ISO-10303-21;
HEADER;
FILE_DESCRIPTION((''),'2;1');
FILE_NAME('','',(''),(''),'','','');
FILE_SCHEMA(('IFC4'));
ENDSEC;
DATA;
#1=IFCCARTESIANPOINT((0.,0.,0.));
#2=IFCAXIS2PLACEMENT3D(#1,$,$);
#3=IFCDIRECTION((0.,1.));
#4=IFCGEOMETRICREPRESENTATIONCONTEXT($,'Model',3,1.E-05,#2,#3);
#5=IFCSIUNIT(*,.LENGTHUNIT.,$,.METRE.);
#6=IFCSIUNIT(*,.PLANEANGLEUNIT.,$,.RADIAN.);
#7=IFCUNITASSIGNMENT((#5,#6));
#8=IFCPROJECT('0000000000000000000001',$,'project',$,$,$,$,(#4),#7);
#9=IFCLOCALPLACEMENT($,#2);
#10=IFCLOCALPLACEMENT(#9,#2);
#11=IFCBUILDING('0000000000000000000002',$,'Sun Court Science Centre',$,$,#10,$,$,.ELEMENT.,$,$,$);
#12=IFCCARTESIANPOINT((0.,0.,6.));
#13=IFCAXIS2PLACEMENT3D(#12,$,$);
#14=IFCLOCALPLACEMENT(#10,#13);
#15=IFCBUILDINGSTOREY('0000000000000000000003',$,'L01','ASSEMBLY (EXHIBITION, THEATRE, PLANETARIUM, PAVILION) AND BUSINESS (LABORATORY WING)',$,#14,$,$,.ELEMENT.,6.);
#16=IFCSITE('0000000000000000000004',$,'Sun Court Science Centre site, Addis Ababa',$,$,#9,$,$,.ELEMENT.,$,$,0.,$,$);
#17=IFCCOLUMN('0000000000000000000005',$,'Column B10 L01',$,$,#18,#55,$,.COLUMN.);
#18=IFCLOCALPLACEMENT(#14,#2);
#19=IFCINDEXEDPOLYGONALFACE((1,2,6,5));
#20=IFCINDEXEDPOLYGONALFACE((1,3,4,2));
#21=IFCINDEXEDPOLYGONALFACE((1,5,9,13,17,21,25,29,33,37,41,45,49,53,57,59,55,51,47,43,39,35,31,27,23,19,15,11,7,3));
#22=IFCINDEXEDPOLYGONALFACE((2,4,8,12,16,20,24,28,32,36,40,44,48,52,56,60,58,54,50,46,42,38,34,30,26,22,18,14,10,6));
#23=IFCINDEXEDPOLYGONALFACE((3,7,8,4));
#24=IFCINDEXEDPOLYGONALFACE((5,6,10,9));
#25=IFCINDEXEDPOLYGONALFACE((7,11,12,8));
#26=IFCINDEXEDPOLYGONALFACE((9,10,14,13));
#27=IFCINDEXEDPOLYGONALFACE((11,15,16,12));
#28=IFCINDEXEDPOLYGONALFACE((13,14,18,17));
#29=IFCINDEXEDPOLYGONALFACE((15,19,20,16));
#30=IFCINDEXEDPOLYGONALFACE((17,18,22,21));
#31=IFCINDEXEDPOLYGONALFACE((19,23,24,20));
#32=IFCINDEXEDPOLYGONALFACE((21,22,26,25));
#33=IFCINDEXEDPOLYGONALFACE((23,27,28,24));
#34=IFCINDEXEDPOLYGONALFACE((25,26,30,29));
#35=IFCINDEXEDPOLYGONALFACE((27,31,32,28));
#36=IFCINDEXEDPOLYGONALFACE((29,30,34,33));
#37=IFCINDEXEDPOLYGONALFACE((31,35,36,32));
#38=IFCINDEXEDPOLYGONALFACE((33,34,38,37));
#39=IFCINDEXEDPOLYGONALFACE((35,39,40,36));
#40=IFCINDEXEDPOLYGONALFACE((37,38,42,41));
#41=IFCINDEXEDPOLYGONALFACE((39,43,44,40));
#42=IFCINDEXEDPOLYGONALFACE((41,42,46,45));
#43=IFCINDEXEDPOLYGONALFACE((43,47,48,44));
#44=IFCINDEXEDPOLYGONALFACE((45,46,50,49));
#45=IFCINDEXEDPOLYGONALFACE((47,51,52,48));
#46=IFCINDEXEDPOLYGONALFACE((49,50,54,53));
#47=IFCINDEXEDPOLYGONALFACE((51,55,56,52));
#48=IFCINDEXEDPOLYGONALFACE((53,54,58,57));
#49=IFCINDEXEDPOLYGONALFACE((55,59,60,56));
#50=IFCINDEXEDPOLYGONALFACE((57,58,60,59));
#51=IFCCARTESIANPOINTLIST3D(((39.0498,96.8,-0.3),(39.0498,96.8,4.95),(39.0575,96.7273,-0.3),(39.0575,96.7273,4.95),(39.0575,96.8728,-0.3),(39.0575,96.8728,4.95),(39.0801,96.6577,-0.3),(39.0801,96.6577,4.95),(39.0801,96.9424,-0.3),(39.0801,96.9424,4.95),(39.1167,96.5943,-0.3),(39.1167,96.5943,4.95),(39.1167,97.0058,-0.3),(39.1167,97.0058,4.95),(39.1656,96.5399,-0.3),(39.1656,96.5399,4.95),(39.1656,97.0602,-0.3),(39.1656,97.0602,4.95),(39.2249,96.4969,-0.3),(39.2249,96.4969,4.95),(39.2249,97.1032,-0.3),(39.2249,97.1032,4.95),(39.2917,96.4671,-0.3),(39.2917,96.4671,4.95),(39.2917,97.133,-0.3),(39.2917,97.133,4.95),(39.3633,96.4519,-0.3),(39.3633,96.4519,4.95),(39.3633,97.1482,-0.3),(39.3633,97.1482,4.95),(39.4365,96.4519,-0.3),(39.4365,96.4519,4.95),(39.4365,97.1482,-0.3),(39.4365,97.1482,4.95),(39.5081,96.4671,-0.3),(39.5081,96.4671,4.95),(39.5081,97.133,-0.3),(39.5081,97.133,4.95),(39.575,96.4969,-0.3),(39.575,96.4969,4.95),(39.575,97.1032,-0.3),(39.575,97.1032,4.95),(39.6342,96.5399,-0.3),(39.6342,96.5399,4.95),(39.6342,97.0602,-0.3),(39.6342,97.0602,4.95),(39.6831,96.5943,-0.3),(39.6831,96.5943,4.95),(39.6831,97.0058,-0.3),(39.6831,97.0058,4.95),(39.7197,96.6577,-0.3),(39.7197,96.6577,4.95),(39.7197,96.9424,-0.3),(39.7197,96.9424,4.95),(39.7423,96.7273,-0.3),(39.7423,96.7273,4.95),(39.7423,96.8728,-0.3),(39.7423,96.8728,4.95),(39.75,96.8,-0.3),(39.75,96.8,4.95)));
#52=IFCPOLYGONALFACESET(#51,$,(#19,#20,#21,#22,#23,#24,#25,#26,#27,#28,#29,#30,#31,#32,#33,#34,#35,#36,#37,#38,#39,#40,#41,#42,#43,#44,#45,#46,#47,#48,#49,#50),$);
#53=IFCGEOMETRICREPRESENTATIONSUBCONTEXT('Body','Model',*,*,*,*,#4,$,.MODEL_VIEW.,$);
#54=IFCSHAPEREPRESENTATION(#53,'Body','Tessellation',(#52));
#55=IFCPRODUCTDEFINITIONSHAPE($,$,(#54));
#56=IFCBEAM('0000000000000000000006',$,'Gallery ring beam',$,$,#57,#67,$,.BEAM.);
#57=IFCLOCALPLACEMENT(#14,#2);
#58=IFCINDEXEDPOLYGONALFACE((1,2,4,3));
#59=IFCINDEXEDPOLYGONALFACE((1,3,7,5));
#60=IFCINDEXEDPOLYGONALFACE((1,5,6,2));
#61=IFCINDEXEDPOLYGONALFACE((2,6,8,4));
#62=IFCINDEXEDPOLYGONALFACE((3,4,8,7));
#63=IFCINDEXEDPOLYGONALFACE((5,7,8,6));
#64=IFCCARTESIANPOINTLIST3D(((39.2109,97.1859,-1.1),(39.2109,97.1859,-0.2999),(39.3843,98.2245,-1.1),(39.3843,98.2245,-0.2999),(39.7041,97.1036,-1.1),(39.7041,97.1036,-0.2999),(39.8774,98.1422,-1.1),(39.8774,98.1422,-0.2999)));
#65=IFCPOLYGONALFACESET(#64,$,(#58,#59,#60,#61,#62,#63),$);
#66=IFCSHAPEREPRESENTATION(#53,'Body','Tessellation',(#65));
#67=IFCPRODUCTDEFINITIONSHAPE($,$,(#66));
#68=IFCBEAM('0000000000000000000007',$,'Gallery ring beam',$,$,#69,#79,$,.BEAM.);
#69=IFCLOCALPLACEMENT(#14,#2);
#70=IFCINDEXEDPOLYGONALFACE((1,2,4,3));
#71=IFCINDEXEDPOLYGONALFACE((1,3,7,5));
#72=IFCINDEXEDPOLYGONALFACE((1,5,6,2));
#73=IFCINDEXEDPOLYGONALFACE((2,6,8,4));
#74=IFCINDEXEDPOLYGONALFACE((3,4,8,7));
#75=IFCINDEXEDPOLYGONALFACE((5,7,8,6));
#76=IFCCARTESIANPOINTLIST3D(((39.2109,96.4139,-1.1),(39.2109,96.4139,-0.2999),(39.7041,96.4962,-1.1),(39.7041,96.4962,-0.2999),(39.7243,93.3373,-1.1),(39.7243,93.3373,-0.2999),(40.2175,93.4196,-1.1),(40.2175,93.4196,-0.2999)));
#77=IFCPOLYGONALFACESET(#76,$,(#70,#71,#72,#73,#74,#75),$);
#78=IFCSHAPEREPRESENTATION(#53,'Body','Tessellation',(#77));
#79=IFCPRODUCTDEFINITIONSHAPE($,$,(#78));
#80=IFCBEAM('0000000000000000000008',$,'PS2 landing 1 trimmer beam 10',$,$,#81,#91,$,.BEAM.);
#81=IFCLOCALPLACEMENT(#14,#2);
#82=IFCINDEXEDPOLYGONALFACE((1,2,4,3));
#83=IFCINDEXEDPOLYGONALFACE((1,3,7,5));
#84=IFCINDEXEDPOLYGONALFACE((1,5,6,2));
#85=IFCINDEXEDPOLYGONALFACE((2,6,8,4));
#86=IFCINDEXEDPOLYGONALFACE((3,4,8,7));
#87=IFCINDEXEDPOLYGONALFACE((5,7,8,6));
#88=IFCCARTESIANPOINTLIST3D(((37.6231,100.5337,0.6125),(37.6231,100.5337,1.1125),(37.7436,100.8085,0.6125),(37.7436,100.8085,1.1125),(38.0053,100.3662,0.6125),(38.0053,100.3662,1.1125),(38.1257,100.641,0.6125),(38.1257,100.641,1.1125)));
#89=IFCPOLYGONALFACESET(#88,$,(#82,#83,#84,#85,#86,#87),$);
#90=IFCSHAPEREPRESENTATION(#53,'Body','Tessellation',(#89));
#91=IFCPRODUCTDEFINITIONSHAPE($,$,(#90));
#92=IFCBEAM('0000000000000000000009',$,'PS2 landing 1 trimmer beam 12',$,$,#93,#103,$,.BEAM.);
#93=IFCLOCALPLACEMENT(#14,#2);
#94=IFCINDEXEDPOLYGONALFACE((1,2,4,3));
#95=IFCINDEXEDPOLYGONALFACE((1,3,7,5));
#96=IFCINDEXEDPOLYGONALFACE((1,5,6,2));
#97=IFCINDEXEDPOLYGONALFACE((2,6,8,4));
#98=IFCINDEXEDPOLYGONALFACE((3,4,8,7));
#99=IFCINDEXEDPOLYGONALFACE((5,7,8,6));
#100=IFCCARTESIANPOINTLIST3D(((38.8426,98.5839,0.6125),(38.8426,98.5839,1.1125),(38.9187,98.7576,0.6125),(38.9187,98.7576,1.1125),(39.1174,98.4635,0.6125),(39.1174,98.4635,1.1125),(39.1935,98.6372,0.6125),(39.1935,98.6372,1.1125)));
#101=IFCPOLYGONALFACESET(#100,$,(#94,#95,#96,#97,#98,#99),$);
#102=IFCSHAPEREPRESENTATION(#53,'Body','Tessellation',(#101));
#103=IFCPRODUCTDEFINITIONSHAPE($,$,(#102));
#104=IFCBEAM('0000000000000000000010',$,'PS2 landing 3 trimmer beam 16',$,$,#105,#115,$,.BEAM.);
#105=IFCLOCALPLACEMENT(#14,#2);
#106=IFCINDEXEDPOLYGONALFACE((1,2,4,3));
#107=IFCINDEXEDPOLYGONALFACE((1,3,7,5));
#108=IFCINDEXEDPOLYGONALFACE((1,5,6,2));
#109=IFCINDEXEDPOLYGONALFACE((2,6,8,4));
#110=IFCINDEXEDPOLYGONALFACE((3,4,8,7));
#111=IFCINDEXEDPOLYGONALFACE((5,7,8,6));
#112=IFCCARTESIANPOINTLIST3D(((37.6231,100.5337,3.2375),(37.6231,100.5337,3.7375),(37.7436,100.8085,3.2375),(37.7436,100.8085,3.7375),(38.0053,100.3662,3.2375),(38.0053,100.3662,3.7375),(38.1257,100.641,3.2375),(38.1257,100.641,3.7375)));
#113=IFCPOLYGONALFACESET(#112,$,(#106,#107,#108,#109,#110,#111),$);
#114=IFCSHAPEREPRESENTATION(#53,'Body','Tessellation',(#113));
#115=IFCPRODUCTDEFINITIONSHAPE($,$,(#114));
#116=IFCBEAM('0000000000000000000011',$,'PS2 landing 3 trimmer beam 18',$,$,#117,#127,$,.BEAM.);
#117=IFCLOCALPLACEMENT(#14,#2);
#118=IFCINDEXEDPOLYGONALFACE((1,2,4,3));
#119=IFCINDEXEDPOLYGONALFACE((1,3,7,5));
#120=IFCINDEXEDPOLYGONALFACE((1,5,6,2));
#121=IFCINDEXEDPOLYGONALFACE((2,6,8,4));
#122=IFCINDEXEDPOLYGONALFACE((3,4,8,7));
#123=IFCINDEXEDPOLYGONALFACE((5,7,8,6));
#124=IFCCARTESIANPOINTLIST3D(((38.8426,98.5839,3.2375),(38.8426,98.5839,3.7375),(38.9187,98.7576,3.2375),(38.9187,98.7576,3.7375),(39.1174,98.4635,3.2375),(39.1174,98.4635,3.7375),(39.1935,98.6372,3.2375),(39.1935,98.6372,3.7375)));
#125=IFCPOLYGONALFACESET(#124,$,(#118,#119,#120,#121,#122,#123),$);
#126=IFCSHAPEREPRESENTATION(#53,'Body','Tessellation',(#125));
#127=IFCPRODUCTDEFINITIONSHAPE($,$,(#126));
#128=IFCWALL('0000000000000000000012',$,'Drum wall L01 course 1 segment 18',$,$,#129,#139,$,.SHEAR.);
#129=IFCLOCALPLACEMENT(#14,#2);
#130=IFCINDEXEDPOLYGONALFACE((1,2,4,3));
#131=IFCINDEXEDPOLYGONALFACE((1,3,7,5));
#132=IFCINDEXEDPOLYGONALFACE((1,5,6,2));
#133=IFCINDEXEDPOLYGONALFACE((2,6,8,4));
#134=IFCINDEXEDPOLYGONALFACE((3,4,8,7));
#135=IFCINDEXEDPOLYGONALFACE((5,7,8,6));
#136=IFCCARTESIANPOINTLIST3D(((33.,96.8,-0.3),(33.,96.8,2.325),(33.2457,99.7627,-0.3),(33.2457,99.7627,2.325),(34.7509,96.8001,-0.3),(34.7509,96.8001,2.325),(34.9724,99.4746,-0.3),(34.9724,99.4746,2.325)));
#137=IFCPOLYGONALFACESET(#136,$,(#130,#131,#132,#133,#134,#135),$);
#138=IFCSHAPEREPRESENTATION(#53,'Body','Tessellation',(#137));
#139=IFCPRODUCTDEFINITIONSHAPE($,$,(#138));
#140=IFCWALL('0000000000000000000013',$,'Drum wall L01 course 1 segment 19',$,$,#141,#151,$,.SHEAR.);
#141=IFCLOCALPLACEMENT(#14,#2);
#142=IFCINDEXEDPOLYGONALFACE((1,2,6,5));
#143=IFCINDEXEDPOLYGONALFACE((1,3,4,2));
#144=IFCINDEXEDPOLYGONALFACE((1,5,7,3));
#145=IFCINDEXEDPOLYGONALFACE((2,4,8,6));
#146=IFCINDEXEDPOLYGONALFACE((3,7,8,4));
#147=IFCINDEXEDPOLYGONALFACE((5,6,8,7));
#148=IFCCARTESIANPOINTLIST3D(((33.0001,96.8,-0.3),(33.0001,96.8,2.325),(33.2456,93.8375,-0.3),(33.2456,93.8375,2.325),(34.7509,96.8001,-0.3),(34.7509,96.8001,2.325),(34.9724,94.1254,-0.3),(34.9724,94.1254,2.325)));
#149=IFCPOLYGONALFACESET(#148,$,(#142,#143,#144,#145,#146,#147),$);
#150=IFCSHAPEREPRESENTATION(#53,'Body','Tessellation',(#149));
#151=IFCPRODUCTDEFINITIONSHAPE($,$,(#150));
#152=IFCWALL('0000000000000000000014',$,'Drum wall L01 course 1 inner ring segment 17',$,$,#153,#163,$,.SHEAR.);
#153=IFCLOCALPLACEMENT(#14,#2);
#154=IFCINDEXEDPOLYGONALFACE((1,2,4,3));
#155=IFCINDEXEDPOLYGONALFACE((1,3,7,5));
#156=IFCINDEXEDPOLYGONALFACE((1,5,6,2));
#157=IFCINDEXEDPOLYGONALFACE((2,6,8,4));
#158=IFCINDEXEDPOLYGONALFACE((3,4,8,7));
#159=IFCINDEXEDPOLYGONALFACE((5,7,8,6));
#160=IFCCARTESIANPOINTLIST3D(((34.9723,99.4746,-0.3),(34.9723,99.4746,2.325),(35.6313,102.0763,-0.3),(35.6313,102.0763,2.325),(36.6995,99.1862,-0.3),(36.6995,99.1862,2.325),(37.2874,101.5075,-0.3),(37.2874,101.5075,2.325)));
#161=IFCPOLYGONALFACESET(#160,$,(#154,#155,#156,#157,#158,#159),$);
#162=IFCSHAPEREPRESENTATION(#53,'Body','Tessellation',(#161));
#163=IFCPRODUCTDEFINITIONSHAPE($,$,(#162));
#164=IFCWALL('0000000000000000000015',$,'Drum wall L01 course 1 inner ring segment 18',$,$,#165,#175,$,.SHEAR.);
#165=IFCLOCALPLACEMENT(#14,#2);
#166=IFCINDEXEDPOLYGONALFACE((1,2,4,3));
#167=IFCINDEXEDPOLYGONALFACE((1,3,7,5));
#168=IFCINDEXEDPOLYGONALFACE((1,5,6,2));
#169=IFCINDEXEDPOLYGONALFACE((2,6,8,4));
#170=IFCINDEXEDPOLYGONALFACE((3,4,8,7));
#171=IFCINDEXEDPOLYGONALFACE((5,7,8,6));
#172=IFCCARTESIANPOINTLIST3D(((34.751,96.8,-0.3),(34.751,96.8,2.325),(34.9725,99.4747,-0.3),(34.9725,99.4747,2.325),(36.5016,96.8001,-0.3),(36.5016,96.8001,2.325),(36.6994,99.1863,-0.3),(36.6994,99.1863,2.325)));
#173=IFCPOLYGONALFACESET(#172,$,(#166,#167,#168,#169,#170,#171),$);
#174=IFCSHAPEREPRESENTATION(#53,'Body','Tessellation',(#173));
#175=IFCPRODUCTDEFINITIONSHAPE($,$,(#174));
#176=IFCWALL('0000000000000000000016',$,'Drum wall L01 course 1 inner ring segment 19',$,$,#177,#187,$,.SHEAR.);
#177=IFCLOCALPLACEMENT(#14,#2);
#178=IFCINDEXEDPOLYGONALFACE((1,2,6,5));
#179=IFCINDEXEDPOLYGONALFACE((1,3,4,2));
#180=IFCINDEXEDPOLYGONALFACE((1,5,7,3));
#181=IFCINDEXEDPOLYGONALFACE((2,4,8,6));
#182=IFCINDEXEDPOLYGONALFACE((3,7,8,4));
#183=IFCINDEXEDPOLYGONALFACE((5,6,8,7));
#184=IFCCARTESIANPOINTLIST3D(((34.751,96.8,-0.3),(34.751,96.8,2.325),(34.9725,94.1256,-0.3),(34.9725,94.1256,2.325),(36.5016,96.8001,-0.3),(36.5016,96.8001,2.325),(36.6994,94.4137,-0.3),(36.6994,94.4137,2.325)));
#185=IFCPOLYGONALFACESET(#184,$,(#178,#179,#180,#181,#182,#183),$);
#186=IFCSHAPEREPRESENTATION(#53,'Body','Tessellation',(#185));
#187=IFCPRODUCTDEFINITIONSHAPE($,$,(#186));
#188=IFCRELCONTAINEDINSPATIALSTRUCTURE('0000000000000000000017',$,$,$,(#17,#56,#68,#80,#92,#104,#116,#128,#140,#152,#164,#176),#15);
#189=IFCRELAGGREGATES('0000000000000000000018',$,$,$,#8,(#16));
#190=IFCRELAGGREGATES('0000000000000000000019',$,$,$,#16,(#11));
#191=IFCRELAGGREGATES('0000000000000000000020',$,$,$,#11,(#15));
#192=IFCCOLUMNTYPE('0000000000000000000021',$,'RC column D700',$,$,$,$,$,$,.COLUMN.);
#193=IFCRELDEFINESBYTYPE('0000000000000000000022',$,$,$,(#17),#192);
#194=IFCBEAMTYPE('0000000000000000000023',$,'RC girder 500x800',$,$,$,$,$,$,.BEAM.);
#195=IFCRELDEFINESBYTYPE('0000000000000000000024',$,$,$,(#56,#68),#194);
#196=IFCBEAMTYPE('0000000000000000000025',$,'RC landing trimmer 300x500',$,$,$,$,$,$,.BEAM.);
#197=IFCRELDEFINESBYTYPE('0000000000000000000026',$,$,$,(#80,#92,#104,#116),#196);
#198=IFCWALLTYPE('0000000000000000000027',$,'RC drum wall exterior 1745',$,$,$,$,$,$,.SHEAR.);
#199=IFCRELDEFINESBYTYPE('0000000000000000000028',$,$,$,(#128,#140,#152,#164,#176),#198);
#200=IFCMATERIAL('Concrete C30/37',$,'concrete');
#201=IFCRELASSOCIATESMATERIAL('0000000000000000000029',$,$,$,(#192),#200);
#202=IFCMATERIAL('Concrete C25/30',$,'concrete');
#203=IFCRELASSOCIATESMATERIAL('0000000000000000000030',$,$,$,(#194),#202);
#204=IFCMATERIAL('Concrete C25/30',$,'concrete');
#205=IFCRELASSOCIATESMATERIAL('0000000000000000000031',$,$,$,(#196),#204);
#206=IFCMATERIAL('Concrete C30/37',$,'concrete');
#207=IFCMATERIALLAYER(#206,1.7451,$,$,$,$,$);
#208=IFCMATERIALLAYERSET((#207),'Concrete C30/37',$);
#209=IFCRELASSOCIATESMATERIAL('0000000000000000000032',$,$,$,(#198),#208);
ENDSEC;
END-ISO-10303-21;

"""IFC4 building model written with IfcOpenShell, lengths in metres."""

from ifc_helpers import new_model, si_unit, direction, frame, origin, origin_2d, place, context, subcontext, project, spatial, polyline, rectangle, circle, outline, extrude, material, layer, layer_set, material_profile, profile_set, type_object, element, save


model = new_model("IFC4")

# Units and contexts
model_context = context("Model", 3, precision=1e-05, world=origin(), true_north=direction((0.0, 1.0)))
body_context = subcontext(model_context, "Body", "Model", "MODEL_VIEW")
ifc_project = project(units=[si_unit("LENGTHUNIT", "METRE"), si_unit("PLANEANGLEUNIT", "RADIAN")], contexts=[model_context])

# Site, building, storey
site_placement = place(None, origin())
site = spatial("IfcSite", under=ifc_project, at=site_placement, Name="Sun Court Science Centre site, Addis Ababa", CompositionType="ELEMENT", RefElevation=0.0)
building_placement = place(site_placement, origin())
building = spatial("IfcBuilding", under=site, at=building_placement, Name="Sun Court Science Centre", CompositionType="ELEMENT")
storey_placement = place(building_placement, frame((0.0, 0.0, 6.0)))
storey = spatial("IfcBuildingStorey", under=building, at=storey_placement, Name="L01", Description="ASSEMBLY (EXHIBITION, THEATRE, PLANETARIUM, PAVILION) AND BUSINESS (LABORATORY WING)", CompositionType="ELEMENT", Elevation=6.0)

# Column
ifc_material_1 = material(Name="Concrete C30/37", Category="concrete")
ifc_material_profile_1 = material_profile(ifc_material_1, circle(Radius=0.3501, at=origin_2d()), Name="RC D700")
ifc_profile_set_1 = profile_set([ifc_material_profile_1], Name="Concrete C30/37")
column_type = type_object("IfcColumnType", Name="RC column D700", PredefinedType="COLUMN", material=ifc_profile_set_1)
column_placement = place(storey_placement, frame((39.3999, 96.8, -0.3), z_axis=(0.0, 0.0, 1.0), x_axis=(1.0, 0.0, 0.0)))
element("IfcColumn", 1, at=column_placement, inside=storey, type_object=column_type, Name="Column B10 L01", PredefinedType="COLUMN", context=body_context, shape_type="SweptSolid", body=[
    extrude(circle(Radius=0.3501, at=origin_2d()), origin(), (0.0, 0.0, 1.0), 5.25),
])

# Beams
ifc_material_2 = material(Name="Concrete C25/30", Category="concrete")
ifc_material_profile_2 = material_profile(ifc_material_2, rectangle(XDim=0.5, YDim=0.8, at=origin_2d()), Name="RC 500x800")
ifc_profile_set_2 = profile_set([ifc_material_profile_2], Name="Concrete C25/30")
beam_type_1 = type_object("IfcBeamType", Name="RC girder 500x800", PredefinedType="BEAM", material=ifc_profile_set_2)
beam_1_placement = place(storey_placement, frame((39.6309, 98.1833, -0.7), z_axis=(-0.164625, -0.986356, 0.0), x_axis=(0.986356, -0.164625, 0.0)))
element("IfcBeam", 2, at=beam_1_placement, inside=storey, type_object=beam_type_1, Name="Gallery ring beam", PredefinedType="BEAM", context=body_context, shape_type="SweptSolid", body=[
    extrude(rectangle(XDim=0.5, YDim=0.8, at=origin_2d()), origin(), (0.0, 0.0, 1.0), 1.053),
])
beam_2_placement = place(storey_placement, frame((39.4575, 96.4551, -0.7), z_axis=(0.164602, -0.98636, 0.0), x_axis=(0.98636, 0.164602, 0.0)))
element("IfcBeam", 3, at=beam_2_placement, inside=storey, type_object=beam_type_1, Name="Gallery ring beam", PredefinedType="BEAM", context=body_context, shape_type="SweptSolid", body=[
    extrude(rectangle(XDim=0.5, YDim=0.8, at=origin_2d()), origin(), (0.0, 0.0, 1.0), 3.1191),
])
ifc_material_3 = material(Name="Concrete C25/30", Category="concrete")
ifc_material_profile_3 = material_profile(ifc_material_3, rectangle(XDim=0.3, YDim=0.5, at=origin_2d()), Name="RC 300x500")
ifc_profile_set_3 = profile_set([ifc_material_profile_3], Name="Concrete C25/30")
beam_type_2 = type_object("IfcBeamType", Name="RC landing trimmer 300x500", PredefinedType="BEAM", material=ifc_profile_set_3)
beam_3_placement = place(storey_placement, frame((37.6833, 100.6711, 0.8625), z_axis=(0.915875, -0.401463, 0.0), x_axis=(0.401463, 0.915875, 0.0)))
element("IfcBeam", 4, at=beam_3_placement, inside=storey, type_object=beam_type_2, Name="PS2 landing 1 trimmer beam 10", PredefinedType="BEAM", context=body_context, shape_type="SweptSolid", body=[
    extrude(rectangle(XDim=0.3, YDim=0.5, at=origin_2d()), origin(), (0.0, 0.0, 1.0), 0.4172),
])
beam_4_placement = place(storey_placement, frame((38.98, 98.5237, 0.8625), z_axis=(0.401359, 0.915921, 0.0), x_axis=(-0.915921, 0.401359, 0.0)))
element("IfcBeam", 5, at=beam_4_placement, inside=storey, type_object=beam_type_2, Name="PS2 landing 1 trimmer beam 12", PredefinedType="BEAM", context=body_context, shape_type="SweptSolid", body=[
    extrude(rectangle(XDim=0.3, YDim=0.5, at=origin_2d()), origin(), (0.0, 0.0, 1.0), 0.1897),
])
beam_5_placement = place(storey_placement, frame((37.6833, 100.6711, 3.4875), z_axis=(0.915875, -0.401463, 0.0), x_axis=(0.401463, 0.915875, 0.0)))
element("IfcBeam", 6, at=beam_5_placement, inside=storey, type_object=beam_type_2, Name="PS2 landing 3 trimmer beam 16", PredefinedType="BEAM", context=body_context, shape_type="SweptSolid", body=[
    extrude(rectangle(XDim=0.3, YDim=0.5, at=origin_2d()), origin(), (0.0, 0.0, 1.0), 0.4172),
])
beam_6_placement = place(storey_placement, frame((38.98, 98.5237, 3.4875), z_axis=(0.401359, 0.915921, 0.0), x_axis=(-0.915921, 0.401359, 0.0)))
element("IfcBeam", 7, at=beam_6_placement, inside=storey, type_object=beam_type_2, Name="PS2 landing 3 trimmer beam 18", PredefinedType="BEAM", context=body_context, shape_type="SweptSolid", body=[
    extrude(rectangle(XDim=0.3, YDim=0.5, at=origin_2d()), origin(), (0.0, 0.0, 1.0), 0.1897),
])

# Walls
ifc_material_4 = material(Name="Concrete C30/37", Category="concrete")
ifc_layer_1 = layer(ifc_material_4, 1.7451)
ifc_layer_set_1 = layer_set([ifc_layer_1], Name="Concrete C30/37")
wall_type_1 = type_object("IfcWallType", Name="RC drum wall exterior 1745", PredefinedType="SHEAR", material=ifc_layer_set_1)
wall_1_placement = place(storey_placement, frame((34.115, 99.6907, -0.3), z_axis=(0.0, 0.0, 1.0), x_axis=(-0.082617, -0.996581, 0.0)))
element("IfcWall", 8, at=wall_1_placement, inside=storey, type_object=wall_type_1, Name="Drum wall L01 course 1 segment 18", PredefinedType="SHEAR", context=body_context, shape_type="SweptSolid", body=[
    extrude(outline(polyline([(0.0, -0.8723), (2.9729, -0.8723), (2.8281, 0.8726), (0.1445, 0.8723), (0.0, -0.8723)])), origin(), (0.0, 0.0, 1.0), 2.625),
])
wall_2_placement = place(storey_placement, frame((33.8694, 96.8721, -0.3), z_axis=(0.0, 0.0, 1.0), x_axis=(0.082617, -0.996581, 0.0)))
element("IfcWall", 9, at=wall_2_placement, inside=storey, type_object=wall_type_1, Name="Drum wall L01 course 1 segment 19", PredefinedType="SHEAR", context=body_context, shape_type="SweptSolid", body=[
    extrude(outline(polyline([(0.0, -0.8723), (2.9727, -0.8723), (2.8284, 0.8723), (0.1445, 0.8726), (0.0, -0.8723)])), origin(), (0.0, 0.0, 1.0), 2.625),
])
wall_3_placement = place(storey_placement, frame((36.4771, 101.8618, -0.3), z_axis=(0.0, 0.0, 1.0), x_axis=(-0.245531, -0.969389, 0.0)))
element("IfcWall", 10, at=wall_3_placement, inside=storey, type_object=wall_type_1, Name="Drum wall L01 course 1 inner ring segment 17", PredefinedType="SHEAR", context=body_context, shape_type="SweptSolid", body=[
    extrude(outline(polyline([(-0.0002, -0.8726), (2.6836, -0.8726), (2.5391, 0.8726), (0.1445, 0.8726), (-0.0002, -0.8726)])), origin(), (0.0, 0.0, 1.0), 2.625),
])
wall_4_placement = place(storey_placement, frame((35.842, 99.4026, -0.3), z_axis=(0.0, 0.0, 1.0), x_axis=(-0.082601, -0.996583, 0.0)))
element("IfcWall", 11, at=wall_4_placement, inside=storey, type_object=wall_type_1, Name="Drum wall L01 course 1 inner ring segment 18", PredefinedType="SHEAR", context=body_context, shape_type="SweptSolid", body=[
    extrude(outline(polyline([(0.0, -0.8726), (2.6838, -0.8723), (2.5391, 0.8723), (0.1448, 0.8723), (0.0, -0.8726)])), origin(), (0.0, 0.0, 1.0), 2.625),
])
wall_5_placement = place(storey_placement, frame((35.6204, 96.8721, -0.3), z_axis=(0.0, 0.0, 1.0), x_axis=(0.082601, -0.996583, 0.0)))
element("IfcWall", 12, at=wall_5_placement, inside=storey, type_object=wall_type_1, Name="Drum wall L01 course 1 inner ring segment 19", PredefinedType="SHEAR", context=body_context, shape_type="SweptSolid", body=[
    extrude(outline(polyline([(0.0, -0.8723), (2.6836, -0.8726), (2.5391, 0.8723), (0.1445, 0.8723), (0.0, -0.8723)])), origin(), (0.0, 0.0, 1.0), 2.625),
])

save(model, "model.ifc")
